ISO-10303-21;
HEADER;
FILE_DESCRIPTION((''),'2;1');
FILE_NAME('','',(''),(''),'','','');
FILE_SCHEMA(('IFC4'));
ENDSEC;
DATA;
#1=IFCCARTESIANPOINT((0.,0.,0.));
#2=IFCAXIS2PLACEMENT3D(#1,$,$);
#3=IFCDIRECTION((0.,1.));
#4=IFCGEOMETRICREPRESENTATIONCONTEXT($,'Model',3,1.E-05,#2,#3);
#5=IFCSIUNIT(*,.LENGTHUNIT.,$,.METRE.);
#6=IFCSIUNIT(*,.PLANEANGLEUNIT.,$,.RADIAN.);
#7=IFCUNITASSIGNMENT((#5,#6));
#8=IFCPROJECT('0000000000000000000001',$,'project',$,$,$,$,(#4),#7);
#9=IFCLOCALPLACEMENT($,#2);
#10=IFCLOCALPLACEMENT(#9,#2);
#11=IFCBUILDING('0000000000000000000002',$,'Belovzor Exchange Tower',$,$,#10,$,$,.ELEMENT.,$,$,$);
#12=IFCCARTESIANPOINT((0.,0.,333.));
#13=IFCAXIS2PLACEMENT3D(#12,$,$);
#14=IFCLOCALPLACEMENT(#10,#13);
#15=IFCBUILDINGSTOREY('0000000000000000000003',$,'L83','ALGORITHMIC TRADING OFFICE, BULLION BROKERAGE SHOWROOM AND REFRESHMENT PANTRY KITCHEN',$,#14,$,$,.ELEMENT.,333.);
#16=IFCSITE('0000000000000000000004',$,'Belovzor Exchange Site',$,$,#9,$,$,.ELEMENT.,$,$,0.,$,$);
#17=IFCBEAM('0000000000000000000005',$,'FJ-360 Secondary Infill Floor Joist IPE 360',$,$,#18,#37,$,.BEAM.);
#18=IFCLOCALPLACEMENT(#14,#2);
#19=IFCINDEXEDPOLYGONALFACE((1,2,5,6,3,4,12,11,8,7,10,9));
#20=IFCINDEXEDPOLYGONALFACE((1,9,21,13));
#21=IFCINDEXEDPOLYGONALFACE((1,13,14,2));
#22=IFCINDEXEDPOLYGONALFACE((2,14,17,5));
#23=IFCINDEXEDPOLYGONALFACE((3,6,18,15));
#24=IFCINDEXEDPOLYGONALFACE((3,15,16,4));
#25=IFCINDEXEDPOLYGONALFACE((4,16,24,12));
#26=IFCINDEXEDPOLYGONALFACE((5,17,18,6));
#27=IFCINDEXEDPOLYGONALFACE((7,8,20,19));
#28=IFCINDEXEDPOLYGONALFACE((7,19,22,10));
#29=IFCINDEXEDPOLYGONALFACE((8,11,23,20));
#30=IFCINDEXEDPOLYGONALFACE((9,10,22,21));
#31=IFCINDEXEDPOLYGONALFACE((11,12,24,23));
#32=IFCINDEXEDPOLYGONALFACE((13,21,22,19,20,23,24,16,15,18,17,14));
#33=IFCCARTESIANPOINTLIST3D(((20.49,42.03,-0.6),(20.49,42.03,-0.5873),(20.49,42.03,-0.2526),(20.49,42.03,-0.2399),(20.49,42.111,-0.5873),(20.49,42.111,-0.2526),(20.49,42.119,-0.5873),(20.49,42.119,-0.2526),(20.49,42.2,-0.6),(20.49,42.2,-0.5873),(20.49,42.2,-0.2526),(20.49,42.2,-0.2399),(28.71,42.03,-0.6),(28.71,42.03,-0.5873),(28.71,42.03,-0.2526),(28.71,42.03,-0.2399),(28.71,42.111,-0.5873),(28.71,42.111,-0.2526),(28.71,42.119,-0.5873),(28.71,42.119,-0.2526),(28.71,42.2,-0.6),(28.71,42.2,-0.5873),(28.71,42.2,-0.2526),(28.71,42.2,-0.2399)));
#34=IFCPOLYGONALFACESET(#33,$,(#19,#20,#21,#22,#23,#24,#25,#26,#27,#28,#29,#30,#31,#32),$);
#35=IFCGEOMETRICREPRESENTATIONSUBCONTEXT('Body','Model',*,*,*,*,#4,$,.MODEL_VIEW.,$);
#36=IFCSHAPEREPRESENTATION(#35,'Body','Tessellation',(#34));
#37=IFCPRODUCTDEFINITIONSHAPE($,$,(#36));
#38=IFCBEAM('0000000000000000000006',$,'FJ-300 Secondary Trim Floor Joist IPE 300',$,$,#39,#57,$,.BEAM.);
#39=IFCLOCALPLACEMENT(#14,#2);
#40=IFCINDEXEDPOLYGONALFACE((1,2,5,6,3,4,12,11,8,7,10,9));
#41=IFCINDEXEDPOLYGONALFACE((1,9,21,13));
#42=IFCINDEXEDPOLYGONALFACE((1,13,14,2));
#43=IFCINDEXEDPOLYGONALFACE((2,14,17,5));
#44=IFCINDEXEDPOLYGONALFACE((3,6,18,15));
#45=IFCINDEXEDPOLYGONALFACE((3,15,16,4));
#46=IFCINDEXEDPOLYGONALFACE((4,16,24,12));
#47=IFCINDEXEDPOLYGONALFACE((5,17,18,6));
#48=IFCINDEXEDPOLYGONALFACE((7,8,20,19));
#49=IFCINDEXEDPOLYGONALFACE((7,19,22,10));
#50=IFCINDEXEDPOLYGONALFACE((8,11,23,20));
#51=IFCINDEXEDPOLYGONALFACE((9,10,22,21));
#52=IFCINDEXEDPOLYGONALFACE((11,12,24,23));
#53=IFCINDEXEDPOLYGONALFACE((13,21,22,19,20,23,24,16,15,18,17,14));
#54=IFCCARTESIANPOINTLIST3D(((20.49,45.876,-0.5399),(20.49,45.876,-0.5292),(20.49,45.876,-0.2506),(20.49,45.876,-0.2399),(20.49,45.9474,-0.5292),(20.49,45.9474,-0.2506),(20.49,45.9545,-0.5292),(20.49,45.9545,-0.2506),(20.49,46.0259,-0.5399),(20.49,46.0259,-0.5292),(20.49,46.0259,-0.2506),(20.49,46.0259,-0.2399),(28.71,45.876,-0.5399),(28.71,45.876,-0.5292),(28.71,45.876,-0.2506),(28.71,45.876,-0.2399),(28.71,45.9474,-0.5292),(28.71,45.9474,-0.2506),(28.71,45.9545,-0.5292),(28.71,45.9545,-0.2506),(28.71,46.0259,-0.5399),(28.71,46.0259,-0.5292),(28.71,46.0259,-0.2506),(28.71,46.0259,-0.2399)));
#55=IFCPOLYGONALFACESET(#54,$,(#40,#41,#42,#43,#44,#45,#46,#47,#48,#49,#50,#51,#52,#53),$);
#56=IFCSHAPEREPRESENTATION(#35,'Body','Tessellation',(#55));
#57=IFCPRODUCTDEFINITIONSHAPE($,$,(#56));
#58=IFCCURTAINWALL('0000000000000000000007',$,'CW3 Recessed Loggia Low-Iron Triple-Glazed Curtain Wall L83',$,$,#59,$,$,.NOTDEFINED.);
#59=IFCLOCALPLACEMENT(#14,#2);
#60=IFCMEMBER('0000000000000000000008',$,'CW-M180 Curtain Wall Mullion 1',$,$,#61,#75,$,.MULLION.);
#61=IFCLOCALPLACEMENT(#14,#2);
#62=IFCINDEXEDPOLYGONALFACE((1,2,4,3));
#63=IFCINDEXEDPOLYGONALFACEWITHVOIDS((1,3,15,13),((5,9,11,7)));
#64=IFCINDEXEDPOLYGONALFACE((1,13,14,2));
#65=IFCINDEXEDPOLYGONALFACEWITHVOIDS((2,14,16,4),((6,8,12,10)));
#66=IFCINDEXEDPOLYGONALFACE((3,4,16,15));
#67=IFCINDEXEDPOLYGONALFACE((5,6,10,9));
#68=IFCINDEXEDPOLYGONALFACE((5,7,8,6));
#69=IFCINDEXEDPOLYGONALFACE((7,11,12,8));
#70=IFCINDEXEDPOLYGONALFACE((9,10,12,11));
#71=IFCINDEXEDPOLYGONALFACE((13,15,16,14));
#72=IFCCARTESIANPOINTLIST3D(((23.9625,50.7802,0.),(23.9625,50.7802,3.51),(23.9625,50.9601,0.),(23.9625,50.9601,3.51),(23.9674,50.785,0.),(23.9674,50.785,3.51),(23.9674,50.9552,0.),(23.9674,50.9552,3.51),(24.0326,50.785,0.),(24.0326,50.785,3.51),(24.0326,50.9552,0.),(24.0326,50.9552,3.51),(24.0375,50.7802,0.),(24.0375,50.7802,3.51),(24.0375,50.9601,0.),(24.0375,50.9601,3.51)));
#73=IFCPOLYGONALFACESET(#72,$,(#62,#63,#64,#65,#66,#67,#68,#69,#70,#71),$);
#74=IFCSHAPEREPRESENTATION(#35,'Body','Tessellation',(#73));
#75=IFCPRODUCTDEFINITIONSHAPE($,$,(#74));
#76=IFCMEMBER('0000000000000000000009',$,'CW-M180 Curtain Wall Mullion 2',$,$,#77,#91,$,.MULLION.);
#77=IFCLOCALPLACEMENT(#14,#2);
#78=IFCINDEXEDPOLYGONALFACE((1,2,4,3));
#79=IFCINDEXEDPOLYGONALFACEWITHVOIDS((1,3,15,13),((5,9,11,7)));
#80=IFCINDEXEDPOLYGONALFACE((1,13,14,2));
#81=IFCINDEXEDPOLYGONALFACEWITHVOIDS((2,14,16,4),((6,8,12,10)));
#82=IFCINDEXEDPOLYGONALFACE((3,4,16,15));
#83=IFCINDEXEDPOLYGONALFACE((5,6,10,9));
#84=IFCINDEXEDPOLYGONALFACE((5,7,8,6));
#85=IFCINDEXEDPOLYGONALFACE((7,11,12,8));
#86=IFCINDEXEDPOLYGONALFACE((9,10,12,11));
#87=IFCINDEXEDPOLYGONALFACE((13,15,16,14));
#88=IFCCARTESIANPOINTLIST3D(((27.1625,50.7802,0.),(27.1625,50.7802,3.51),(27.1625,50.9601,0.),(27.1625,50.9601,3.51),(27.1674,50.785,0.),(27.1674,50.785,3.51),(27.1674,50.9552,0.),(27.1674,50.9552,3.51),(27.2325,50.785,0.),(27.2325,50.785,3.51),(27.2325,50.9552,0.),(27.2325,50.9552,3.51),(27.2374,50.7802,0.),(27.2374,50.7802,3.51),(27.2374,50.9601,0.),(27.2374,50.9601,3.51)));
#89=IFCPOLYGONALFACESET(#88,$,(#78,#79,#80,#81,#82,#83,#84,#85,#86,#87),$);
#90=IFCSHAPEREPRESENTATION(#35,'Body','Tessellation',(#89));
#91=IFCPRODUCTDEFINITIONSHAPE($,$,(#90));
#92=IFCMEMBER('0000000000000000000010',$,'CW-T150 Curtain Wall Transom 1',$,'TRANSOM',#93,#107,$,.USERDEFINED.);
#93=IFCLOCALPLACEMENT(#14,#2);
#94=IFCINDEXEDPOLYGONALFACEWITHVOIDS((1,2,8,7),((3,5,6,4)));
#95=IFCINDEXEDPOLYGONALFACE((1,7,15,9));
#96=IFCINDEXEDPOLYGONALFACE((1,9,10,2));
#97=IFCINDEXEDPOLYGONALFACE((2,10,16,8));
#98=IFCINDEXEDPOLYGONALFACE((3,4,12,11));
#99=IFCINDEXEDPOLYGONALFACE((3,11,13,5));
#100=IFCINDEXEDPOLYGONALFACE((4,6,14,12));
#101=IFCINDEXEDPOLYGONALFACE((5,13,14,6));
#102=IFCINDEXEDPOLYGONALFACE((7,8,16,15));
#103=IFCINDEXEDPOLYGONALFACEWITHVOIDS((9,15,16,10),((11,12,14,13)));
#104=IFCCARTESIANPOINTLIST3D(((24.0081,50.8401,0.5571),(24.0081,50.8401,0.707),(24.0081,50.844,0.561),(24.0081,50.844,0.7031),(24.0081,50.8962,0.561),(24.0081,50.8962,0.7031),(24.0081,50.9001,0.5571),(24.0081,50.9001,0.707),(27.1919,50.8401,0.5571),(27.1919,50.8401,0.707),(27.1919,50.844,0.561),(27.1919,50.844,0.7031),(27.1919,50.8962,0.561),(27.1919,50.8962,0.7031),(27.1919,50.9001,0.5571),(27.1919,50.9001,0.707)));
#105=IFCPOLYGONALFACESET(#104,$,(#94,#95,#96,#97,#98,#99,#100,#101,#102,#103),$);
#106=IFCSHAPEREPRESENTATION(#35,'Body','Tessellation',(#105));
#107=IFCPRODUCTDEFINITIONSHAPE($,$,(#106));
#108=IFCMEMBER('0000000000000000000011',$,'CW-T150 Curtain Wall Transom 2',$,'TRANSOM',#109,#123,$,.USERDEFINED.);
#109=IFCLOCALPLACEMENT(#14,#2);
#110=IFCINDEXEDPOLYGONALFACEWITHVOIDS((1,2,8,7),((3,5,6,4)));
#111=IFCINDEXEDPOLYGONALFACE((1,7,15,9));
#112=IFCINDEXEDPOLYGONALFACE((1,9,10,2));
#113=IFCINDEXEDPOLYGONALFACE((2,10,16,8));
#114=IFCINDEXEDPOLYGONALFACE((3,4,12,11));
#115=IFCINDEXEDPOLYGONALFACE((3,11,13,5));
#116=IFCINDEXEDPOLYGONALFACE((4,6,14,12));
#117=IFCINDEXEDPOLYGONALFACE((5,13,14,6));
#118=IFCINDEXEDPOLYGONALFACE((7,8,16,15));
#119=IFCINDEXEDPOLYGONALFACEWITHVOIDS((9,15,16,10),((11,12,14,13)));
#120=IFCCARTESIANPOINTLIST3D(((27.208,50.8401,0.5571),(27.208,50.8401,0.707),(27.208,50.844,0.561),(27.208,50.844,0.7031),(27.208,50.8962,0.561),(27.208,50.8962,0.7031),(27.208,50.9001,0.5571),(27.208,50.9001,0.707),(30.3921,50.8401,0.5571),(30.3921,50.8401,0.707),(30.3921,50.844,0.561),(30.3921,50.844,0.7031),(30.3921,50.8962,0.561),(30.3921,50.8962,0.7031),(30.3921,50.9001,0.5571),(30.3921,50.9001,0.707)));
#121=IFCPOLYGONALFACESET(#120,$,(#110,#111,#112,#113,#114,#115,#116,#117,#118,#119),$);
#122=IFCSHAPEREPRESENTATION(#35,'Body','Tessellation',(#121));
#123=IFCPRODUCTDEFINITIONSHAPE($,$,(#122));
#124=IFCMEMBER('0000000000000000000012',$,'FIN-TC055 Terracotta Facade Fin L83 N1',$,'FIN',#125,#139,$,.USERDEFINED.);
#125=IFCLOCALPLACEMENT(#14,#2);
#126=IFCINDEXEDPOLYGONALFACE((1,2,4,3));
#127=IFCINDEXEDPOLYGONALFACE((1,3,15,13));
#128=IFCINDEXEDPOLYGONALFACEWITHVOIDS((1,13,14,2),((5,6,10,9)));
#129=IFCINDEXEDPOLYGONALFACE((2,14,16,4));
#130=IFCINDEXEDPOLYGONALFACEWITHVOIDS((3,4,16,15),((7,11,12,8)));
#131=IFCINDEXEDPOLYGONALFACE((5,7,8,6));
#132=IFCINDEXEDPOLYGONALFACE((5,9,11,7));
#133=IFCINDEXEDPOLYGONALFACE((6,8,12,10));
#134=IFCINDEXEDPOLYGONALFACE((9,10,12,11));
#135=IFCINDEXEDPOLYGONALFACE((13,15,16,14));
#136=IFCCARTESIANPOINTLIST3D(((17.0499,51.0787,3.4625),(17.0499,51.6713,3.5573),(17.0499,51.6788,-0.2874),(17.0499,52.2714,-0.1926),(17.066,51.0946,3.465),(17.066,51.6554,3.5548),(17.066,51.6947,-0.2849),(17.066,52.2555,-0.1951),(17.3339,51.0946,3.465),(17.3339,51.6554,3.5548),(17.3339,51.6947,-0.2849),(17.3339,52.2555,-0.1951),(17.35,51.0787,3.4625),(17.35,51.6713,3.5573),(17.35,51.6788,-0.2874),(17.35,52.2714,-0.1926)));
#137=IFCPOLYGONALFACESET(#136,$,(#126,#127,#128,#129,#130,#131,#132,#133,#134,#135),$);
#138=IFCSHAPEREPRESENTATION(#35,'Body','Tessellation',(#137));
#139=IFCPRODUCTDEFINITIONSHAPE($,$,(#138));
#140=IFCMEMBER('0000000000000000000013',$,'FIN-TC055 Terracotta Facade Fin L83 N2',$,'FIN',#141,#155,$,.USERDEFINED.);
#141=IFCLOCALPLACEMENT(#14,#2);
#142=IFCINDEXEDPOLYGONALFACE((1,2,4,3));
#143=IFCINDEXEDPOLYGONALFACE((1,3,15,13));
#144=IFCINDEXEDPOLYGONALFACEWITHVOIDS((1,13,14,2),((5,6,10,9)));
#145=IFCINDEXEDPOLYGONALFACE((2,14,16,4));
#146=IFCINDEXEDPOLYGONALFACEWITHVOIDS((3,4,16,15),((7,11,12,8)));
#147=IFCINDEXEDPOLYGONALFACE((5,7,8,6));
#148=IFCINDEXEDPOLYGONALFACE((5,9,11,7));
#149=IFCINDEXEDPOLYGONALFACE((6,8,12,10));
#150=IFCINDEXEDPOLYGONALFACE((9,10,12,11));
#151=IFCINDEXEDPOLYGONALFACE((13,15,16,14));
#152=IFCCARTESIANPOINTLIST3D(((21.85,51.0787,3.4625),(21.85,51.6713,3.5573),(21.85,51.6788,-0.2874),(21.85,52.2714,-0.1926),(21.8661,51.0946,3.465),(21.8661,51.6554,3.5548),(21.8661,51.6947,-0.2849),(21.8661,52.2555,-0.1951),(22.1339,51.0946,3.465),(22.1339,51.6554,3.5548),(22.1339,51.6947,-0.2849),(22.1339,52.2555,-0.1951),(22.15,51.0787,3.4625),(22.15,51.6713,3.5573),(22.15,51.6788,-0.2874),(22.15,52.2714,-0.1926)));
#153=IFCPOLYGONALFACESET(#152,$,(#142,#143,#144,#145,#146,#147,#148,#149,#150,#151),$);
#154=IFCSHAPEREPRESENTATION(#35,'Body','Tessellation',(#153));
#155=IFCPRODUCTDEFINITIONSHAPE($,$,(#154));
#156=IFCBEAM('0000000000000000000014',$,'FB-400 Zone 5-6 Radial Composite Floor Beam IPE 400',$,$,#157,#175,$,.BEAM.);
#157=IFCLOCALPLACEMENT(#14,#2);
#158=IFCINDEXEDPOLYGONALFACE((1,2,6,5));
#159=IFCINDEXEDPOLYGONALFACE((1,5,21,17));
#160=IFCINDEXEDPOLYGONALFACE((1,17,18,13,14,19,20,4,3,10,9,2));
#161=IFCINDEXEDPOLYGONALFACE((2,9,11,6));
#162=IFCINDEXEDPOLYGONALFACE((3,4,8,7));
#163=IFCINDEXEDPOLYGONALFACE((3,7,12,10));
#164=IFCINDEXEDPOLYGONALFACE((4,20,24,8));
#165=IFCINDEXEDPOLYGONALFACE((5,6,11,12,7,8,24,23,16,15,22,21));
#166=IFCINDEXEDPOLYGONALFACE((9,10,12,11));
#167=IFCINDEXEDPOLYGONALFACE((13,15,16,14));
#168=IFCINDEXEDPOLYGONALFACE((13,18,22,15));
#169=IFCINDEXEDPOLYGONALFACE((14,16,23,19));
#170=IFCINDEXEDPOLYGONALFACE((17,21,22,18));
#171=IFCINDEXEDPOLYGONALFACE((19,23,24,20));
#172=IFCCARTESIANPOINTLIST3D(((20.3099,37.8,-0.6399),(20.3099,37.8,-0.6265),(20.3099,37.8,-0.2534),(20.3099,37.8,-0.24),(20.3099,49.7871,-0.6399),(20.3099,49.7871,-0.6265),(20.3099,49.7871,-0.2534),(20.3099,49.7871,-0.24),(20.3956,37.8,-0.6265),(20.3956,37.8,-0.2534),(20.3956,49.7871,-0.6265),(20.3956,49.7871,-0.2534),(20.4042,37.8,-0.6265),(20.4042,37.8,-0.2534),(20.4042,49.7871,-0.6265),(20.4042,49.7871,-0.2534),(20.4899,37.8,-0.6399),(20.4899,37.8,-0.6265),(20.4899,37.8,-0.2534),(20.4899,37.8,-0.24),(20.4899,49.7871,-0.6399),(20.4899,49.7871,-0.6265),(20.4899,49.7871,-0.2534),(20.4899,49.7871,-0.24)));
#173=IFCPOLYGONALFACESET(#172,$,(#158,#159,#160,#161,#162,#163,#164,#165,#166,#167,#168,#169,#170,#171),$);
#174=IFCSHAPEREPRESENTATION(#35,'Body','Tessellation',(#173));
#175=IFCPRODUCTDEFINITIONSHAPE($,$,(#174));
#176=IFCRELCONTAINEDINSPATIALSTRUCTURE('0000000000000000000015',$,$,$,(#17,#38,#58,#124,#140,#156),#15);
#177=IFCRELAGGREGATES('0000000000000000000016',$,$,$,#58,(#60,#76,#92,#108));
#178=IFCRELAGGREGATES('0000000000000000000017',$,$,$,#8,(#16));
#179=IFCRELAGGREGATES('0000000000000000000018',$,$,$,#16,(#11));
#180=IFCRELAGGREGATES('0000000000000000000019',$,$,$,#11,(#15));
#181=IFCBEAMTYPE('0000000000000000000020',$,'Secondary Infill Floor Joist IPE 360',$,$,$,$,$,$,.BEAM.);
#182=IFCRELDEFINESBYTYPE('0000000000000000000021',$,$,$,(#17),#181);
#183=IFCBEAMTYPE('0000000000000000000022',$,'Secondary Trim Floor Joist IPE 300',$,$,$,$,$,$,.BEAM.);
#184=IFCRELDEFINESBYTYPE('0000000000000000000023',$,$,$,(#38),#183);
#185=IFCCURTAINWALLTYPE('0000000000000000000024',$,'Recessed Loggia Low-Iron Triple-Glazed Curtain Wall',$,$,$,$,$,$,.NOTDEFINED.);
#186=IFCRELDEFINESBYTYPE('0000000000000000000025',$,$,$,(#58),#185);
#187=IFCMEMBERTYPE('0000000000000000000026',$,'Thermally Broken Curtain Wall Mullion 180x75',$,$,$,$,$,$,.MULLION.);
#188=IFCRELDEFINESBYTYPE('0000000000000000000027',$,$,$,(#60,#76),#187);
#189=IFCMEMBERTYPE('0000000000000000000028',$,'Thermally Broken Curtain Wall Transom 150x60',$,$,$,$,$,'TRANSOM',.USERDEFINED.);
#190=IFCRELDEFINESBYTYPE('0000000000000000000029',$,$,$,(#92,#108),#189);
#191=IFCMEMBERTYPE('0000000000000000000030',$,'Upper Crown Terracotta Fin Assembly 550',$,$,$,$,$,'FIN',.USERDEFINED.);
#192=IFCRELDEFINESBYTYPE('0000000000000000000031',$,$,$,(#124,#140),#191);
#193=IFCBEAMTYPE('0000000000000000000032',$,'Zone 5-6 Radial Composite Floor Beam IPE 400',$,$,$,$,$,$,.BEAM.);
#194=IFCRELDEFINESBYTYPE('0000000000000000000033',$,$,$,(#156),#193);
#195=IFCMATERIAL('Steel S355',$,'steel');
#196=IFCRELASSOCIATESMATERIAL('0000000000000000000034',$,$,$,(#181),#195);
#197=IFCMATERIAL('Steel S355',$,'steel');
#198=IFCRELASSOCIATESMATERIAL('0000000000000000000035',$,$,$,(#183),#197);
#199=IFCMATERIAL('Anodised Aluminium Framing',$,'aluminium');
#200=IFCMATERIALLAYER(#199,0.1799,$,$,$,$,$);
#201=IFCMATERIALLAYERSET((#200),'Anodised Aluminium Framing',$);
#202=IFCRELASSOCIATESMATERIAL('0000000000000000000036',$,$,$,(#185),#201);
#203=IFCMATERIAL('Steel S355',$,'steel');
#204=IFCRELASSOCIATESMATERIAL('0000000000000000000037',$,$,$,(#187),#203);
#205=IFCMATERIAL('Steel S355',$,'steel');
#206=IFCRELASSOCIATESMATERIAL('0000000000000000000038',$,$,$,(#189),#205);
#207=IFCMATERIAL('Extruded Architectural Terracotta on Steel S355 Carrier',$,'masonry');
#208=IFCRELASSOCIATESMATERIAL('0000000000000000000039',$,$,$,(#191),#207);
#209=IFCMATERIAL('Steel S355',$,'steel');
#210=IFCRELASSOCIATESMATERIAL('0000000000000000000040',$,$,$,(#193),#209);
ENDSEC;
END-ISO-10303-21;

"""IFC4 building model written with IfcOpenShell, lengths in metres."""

from ifc_helpers import new_model, si_unit, direction, frame, origin, origin_2d, place, context, subcontext, project, spatial, hollow_rectangle, i_section, extrude, material, layer, layer_set, material_profile, profile_set, type_object, element, aggregate, save


model = new_model("IFC4")

# Units and contexts
model_context = context("Model", 3, precision=1e-05, world=origin(), true_north=direction((0.0, 1.0)))
body_context = subcontext(model_context, "Body", "Model", "MODEL_VIEW")
ifc_project = project(units=[si_unit("LENGTHUNIT", "METRE"), si_unit("PLANEANGLEUNIT", "RADIAN")], contexts=[model_context])

# Site, building, storey
site_placement = place(None, origin())
site = spatial("IfcSite", under=ifc_project, at=site_placement, Name="Belovzor Exchange Site", CompositionType="ELEMENT", RefElevation=0.0)
building_placement = place(site_placement, origin())
building = spatial("IfcBuilding", under=site, at=building_placement, Name="Belovzor Exchange Tower", CompositionType="ELEMENT")
storey_placement = place(building_placement, frame((0.0, 0.0, 333.0)))
storey = spatial("IfcBuildingStorey", under=building, at=storey_placement, Name="L83", Description="ALGORITHMIC TRADING OFFICE, BULLION BROKERAGE SHOWROOM AND REFRESHMENT PANTRY KITCHEN", CompositionType="ELEMENT", Elevation=333.0)

# Beams
ifc_material_1 = material(Name="Steel S355", Category="steel")
ifc_material_profile_1 = material_profile(ifc_material_1, i_section(OverallWidth=0.1699, OverallDepth=0.3601, WebThickness=0.0081, FlangeThickness=0.0127, at=origin_2d()))
ifc_profile_set_1 = profile_set([ifc_material_profile_1], Name="Steel S355")
beam_type_1 = type_object("IfcBeamType", Name="Secondary Infill Floor Joist IPE 360", PredefinedType="BEAM", material=ifc_profile_set_1)
beam_1_placement = place(storey_placement, frame((20.49, 42.115, -0.4199), z_axis=(1.0, 0.0, 0.0), x_axis=(0.0, 1.0, 0.0)))
element("IfcBeam", 1, at=beam_1_placement, inside=storey, type_object=beam_type_1, Name="FJ-360 Secondary Infill Floor Joist IPE 360", PredefinedType="BEAM", context=body_context, shape_type="SweptSolid", body=[
    extrude(i_section(OverallWidth=0.1699, OverallDepth=0.3601, WebThickness=0.0081, FlangeThickness=0.0127, at=origin_2d()), origin(), (0.0, 0.0, 1.0), 8.22),
])
ifc_material_2 = material(Name="Steel S355", Category="steel")
ifc_material_profile_2 = material_profile(ifc_material_2, i_section(OverallWidth=0.1499, OverallDepth=0.3, WebThickness=0.0071, FlangeThickness=0.0107, at=origin_2d()))
ifc_profile_set_2 = profile_set([ifc_material_profile_2], Name="Steel S355")
beam_type_2 = type_object("IfcBeamType", Name="Secondary Trim Floor Joist IPE 300", PredefinedType="BEAM", material=ifc_profile_set_2)
beam_2_placement = place(storey_placement, frame((20.49, 45.9509, -0.3899), z_axis=(1.0, 0.0, 0.0), x_axis=(0.0, 1.0, 0.0)))
element("IfcBeam", 2, at=beam_2_placement, inside=storey, type_object=beam_type_2, Name="FJ-300 Secondary Trim Floor Joist IPE 300", PredefinedType="BEAM", context=body_context, shape_type="SweptSolid", body=[
    extrude(i_section(OverallWidth=0.1499, OverallDepth=0.3, WebThickness=0.0071, FlangeThickness=0.0107, at=origin_2d()), origin(), (0.0, 0.0, 1.0), 8.22),
])

# Curtain wall, members
ifc_material_3 = material(Name="Anodised Aluminium Framing", Category="aluminium")
ifc_layer_1 = layer(ifc_material_3, 0.1799)
ifc_layer_set_1 = layer_set([ifc_layer_1], Name="Anodised Aluminium Framing")
curtain_wall_type = type_object("IfcCurtainWallType", Name="Recessed Loggia Low-Iron Triple-Glazed Curtain Wall", PredefinedType="NOTDEFINED", material=ifc_layer_set_1)
curtain_wall_placement = place(storey_placement, origin())
curtain_wall = element("IfcCurtainWall", 3, at=curtain_wall_placement, inside=storey, type_object=curtain_wall_type, Name="CW3 Recessed Loggia Low-Iron Triple-Glazed Curtain Wall L83", PredefinedType="NOTDEFINED")
ifc_material_4 = material(Name="Steel S355", Category="steel")
ifc_material_profile_3 = material_profile(ifc_material_4, hollow_rectangle(XDim=0.075, YDim=0.1799, WallThickness=0.0049, at=origin_2d()))
ifc_profile_set_3 = profile_set([ifc_material_profile_3], Name="Steel S355")
member_type_1 = type_object("IfcMemberType", Name="Thermally Broken Curtain Wall Mullion 180x75", PredefinedType="MULLION", material=ifc_profile_set_3)
member_1_placement = place(storey_placement, frame((24.0, 50.8701, 0.0), z_axis=(0.0, 0.0, 1.0), x_axis=(1.0, 0.0, 0.0)))
member_1 = element("IfcMember", 4, at=member_1_placement, type_object=member_type_1, Name="CW-M180 Curtain Wall Mullion 1", PredefinedType="MULLION", context=body_context, shape_type="SweptSolid", body=[
    extrude(hollow_rectangle(XDim=0.075, YDim=0.1799, WallThickness=0.0049, at=origin_2d()), origin(), (0.0, 0.0, 1.0), 3.51),
])
member_2_placement = place(storey_placement, frame((27.2, 50.8701, 0.0), z_axis=(0.0, 0.0, 1.0), x_axis=(1.0, 0.0, 0.0)))
member_2 = element("IfcMember", 5, at=member_2_placement, type_object=member_type_1, Name="CW-M180 Curtain Wall Mullion 2", PredefinedType="MULLION", context=body_context, shape_type="SweptSolid", body=[
    extrude(hollow_rectangle(XDim=0.075, YDim=0.1799, WallThickness=0.0049, at=origin_2d()), origin(), (0.0, 0.0, 1.0), 3.51),
])
ifc_material_5 = material(Name="Steel S355", Category="steel")
ifc_material_profile_4 = material_profile(ifc_material_5, hollow_rectangle(XDim=0.0601, YDim=0.1499, WallThickness=0.0039, at=origin_2d()))
ifc_profile_set_4 = profile_set([ifc_material_profile_4], Name="Steel S355")
member_type_2 = type_object("IfcMemberType", Name="Thermally Broken Curtain Wall Transom 150x60", ElementType="TRANSOM", PredefinedType="USERDEFINED", material=ifc_profile_set_4)
member_3_placement = place(storey_placement, frame((24.0081, 50.8701, 0.6321), z_axis=(1.0, 0.0, 0.0), x_axis=(0.0, 1.0, 0.0)))
member_3 = element("IfcMember", 6, at=member_3_placement, type_object=member_type_2, Name="CW-T150 Curtain Wall Transom 1", ObjectType="TRANSOM", PredefinedType="USERDEFINED", context=body_context, shape_type="SweptSolid", body=[
    extrude(hollow_rectangle(XDim=0.0601, YDim=0.1499, WallThickness=0.0039, at=origin_2d()), origin(), (0.0, 0.0, 1.0), 3.1838),
])
member_4_placement = place(storey_placement, frame((27.208, 50.8701, 0.6321), z_axis=(1.0, 0.0, 0.0), x_axis=(0.0, 1.0, 0.0)))
member_4 = element("IfcMember", 7, at=member_4_placement, type_object=member_type_2, Name="CW-T150 Curtain Wall Transom 2", ObjectType="TRANSOM", PredefinedType="USERDEFINED", context=body_context, shape_type="SweptSolid", body=[
    extrude(hollow_rectangle(XDim=0.0601, YDim=0.1499, WallThickness=0.0039, at=origin_2d()), origin(), (0.0, 0.0, 1.0), 3.1841),
])

# Members
ifc_material_6 = material(Name="Extruded Architectural Terracotta on Steel S355 Carrier", Category="masonry")
ifc_material_profile_5 = material_profile(ifc_material_6, hollow_rectangle(XDim=0.3, YDim=0.6001, WallThickness=0.0161, at=origin_2d()))
ifc_profile_set_5 = profile_set([ifc_material_profile_5], Name="Extruded Architectural Terracotta on Steel S355 Carrier")
member_type_3 = type_object("IfcMemberType", Name="Upper Crown Terracotta Fin Assembly 550", ElementType="FIN", PredefinedType="USERDEFINED", material=ifc_profile_set_5)
for number, where, z_axis, x_axis, name in (
    (8, (17.2, 51.9751, -0.24), (0.0, -0.158016, 0.987437), (1.0, 0.0, 0.0), "FIN-TC055 Terracotta Facade Fin L83 N1"),
    (9, (22.0, 51.9751, -0.24), (0.0, -0.158016, 0.987437), (1.0, 0.0, 0.0), "FIN-TC055 Terracotta Facade Fin L83 N2"),
):
    element("IfcMember", number, at=place(storey_placement, frame(where, z_axis=z_axis, x_axis=x_axis)), inside=storey, type_object=member_type_3, Name=name, ObjectType="FIN", PredefinedType="USERDEFINED", context=body_context, shape_type="SweptSolid", body=[
        extrude(hollow_rectangle(XDim=0.3, YDim=0.6001, WallThickness=0.0161, at=origin_2d()), origin(), (0.0, 0.0, 1.0), 3.7976),
    ])

# Beam
ifc_material_7 = material(Name="Steel S355", Category="steel")
ifc_material_profile_6 = material_profile(ifc_material_7, i_section(OverallWidth=0.1799, OverallDepth=0.3999, WebThickness=0.0085, FlangeThickness=0.0134, at=origin_2d()))
ifc_profile_set_6 = profile_set([ifc_material_profile_6], Name="Steel S355")
beam_type_3 = type_object("IfcBeamType", Name="Zone 5-6 Radial Composite Floor Beam IPE 400", PredefinedType="BEAM", material=ifc_profile_set_6)
beam_3_placement = place(storey_placement, frame((20.3999, 37.8, -0.4399), z_axis=(0.0, 1.0, 0.0), x_axis=(-1.0, 0.0, 0.0)))
element("IfcBeam", 10, at=beam_3_placement, inside=storey, type_object=beam_type_3, Name="FB-400 Zone 5-6 Radial Composite Floor Beam IPE 400", PredefinedType="BEAM", context=body_context, shape_type="SweptSolid", body=[
    extrude(i_section(OverallWidth=0.1799, OverallDepth=0.3999, WebThickness=0.0085, FlangeThickness=0.0134, at=origin_2d()), origin(), (0.0, 0.0, 1.0), 11.9871),
])

aggregate(curtain_wall, [member_1, member_2, member_3, member_4])

save(model, "model.ifc")
